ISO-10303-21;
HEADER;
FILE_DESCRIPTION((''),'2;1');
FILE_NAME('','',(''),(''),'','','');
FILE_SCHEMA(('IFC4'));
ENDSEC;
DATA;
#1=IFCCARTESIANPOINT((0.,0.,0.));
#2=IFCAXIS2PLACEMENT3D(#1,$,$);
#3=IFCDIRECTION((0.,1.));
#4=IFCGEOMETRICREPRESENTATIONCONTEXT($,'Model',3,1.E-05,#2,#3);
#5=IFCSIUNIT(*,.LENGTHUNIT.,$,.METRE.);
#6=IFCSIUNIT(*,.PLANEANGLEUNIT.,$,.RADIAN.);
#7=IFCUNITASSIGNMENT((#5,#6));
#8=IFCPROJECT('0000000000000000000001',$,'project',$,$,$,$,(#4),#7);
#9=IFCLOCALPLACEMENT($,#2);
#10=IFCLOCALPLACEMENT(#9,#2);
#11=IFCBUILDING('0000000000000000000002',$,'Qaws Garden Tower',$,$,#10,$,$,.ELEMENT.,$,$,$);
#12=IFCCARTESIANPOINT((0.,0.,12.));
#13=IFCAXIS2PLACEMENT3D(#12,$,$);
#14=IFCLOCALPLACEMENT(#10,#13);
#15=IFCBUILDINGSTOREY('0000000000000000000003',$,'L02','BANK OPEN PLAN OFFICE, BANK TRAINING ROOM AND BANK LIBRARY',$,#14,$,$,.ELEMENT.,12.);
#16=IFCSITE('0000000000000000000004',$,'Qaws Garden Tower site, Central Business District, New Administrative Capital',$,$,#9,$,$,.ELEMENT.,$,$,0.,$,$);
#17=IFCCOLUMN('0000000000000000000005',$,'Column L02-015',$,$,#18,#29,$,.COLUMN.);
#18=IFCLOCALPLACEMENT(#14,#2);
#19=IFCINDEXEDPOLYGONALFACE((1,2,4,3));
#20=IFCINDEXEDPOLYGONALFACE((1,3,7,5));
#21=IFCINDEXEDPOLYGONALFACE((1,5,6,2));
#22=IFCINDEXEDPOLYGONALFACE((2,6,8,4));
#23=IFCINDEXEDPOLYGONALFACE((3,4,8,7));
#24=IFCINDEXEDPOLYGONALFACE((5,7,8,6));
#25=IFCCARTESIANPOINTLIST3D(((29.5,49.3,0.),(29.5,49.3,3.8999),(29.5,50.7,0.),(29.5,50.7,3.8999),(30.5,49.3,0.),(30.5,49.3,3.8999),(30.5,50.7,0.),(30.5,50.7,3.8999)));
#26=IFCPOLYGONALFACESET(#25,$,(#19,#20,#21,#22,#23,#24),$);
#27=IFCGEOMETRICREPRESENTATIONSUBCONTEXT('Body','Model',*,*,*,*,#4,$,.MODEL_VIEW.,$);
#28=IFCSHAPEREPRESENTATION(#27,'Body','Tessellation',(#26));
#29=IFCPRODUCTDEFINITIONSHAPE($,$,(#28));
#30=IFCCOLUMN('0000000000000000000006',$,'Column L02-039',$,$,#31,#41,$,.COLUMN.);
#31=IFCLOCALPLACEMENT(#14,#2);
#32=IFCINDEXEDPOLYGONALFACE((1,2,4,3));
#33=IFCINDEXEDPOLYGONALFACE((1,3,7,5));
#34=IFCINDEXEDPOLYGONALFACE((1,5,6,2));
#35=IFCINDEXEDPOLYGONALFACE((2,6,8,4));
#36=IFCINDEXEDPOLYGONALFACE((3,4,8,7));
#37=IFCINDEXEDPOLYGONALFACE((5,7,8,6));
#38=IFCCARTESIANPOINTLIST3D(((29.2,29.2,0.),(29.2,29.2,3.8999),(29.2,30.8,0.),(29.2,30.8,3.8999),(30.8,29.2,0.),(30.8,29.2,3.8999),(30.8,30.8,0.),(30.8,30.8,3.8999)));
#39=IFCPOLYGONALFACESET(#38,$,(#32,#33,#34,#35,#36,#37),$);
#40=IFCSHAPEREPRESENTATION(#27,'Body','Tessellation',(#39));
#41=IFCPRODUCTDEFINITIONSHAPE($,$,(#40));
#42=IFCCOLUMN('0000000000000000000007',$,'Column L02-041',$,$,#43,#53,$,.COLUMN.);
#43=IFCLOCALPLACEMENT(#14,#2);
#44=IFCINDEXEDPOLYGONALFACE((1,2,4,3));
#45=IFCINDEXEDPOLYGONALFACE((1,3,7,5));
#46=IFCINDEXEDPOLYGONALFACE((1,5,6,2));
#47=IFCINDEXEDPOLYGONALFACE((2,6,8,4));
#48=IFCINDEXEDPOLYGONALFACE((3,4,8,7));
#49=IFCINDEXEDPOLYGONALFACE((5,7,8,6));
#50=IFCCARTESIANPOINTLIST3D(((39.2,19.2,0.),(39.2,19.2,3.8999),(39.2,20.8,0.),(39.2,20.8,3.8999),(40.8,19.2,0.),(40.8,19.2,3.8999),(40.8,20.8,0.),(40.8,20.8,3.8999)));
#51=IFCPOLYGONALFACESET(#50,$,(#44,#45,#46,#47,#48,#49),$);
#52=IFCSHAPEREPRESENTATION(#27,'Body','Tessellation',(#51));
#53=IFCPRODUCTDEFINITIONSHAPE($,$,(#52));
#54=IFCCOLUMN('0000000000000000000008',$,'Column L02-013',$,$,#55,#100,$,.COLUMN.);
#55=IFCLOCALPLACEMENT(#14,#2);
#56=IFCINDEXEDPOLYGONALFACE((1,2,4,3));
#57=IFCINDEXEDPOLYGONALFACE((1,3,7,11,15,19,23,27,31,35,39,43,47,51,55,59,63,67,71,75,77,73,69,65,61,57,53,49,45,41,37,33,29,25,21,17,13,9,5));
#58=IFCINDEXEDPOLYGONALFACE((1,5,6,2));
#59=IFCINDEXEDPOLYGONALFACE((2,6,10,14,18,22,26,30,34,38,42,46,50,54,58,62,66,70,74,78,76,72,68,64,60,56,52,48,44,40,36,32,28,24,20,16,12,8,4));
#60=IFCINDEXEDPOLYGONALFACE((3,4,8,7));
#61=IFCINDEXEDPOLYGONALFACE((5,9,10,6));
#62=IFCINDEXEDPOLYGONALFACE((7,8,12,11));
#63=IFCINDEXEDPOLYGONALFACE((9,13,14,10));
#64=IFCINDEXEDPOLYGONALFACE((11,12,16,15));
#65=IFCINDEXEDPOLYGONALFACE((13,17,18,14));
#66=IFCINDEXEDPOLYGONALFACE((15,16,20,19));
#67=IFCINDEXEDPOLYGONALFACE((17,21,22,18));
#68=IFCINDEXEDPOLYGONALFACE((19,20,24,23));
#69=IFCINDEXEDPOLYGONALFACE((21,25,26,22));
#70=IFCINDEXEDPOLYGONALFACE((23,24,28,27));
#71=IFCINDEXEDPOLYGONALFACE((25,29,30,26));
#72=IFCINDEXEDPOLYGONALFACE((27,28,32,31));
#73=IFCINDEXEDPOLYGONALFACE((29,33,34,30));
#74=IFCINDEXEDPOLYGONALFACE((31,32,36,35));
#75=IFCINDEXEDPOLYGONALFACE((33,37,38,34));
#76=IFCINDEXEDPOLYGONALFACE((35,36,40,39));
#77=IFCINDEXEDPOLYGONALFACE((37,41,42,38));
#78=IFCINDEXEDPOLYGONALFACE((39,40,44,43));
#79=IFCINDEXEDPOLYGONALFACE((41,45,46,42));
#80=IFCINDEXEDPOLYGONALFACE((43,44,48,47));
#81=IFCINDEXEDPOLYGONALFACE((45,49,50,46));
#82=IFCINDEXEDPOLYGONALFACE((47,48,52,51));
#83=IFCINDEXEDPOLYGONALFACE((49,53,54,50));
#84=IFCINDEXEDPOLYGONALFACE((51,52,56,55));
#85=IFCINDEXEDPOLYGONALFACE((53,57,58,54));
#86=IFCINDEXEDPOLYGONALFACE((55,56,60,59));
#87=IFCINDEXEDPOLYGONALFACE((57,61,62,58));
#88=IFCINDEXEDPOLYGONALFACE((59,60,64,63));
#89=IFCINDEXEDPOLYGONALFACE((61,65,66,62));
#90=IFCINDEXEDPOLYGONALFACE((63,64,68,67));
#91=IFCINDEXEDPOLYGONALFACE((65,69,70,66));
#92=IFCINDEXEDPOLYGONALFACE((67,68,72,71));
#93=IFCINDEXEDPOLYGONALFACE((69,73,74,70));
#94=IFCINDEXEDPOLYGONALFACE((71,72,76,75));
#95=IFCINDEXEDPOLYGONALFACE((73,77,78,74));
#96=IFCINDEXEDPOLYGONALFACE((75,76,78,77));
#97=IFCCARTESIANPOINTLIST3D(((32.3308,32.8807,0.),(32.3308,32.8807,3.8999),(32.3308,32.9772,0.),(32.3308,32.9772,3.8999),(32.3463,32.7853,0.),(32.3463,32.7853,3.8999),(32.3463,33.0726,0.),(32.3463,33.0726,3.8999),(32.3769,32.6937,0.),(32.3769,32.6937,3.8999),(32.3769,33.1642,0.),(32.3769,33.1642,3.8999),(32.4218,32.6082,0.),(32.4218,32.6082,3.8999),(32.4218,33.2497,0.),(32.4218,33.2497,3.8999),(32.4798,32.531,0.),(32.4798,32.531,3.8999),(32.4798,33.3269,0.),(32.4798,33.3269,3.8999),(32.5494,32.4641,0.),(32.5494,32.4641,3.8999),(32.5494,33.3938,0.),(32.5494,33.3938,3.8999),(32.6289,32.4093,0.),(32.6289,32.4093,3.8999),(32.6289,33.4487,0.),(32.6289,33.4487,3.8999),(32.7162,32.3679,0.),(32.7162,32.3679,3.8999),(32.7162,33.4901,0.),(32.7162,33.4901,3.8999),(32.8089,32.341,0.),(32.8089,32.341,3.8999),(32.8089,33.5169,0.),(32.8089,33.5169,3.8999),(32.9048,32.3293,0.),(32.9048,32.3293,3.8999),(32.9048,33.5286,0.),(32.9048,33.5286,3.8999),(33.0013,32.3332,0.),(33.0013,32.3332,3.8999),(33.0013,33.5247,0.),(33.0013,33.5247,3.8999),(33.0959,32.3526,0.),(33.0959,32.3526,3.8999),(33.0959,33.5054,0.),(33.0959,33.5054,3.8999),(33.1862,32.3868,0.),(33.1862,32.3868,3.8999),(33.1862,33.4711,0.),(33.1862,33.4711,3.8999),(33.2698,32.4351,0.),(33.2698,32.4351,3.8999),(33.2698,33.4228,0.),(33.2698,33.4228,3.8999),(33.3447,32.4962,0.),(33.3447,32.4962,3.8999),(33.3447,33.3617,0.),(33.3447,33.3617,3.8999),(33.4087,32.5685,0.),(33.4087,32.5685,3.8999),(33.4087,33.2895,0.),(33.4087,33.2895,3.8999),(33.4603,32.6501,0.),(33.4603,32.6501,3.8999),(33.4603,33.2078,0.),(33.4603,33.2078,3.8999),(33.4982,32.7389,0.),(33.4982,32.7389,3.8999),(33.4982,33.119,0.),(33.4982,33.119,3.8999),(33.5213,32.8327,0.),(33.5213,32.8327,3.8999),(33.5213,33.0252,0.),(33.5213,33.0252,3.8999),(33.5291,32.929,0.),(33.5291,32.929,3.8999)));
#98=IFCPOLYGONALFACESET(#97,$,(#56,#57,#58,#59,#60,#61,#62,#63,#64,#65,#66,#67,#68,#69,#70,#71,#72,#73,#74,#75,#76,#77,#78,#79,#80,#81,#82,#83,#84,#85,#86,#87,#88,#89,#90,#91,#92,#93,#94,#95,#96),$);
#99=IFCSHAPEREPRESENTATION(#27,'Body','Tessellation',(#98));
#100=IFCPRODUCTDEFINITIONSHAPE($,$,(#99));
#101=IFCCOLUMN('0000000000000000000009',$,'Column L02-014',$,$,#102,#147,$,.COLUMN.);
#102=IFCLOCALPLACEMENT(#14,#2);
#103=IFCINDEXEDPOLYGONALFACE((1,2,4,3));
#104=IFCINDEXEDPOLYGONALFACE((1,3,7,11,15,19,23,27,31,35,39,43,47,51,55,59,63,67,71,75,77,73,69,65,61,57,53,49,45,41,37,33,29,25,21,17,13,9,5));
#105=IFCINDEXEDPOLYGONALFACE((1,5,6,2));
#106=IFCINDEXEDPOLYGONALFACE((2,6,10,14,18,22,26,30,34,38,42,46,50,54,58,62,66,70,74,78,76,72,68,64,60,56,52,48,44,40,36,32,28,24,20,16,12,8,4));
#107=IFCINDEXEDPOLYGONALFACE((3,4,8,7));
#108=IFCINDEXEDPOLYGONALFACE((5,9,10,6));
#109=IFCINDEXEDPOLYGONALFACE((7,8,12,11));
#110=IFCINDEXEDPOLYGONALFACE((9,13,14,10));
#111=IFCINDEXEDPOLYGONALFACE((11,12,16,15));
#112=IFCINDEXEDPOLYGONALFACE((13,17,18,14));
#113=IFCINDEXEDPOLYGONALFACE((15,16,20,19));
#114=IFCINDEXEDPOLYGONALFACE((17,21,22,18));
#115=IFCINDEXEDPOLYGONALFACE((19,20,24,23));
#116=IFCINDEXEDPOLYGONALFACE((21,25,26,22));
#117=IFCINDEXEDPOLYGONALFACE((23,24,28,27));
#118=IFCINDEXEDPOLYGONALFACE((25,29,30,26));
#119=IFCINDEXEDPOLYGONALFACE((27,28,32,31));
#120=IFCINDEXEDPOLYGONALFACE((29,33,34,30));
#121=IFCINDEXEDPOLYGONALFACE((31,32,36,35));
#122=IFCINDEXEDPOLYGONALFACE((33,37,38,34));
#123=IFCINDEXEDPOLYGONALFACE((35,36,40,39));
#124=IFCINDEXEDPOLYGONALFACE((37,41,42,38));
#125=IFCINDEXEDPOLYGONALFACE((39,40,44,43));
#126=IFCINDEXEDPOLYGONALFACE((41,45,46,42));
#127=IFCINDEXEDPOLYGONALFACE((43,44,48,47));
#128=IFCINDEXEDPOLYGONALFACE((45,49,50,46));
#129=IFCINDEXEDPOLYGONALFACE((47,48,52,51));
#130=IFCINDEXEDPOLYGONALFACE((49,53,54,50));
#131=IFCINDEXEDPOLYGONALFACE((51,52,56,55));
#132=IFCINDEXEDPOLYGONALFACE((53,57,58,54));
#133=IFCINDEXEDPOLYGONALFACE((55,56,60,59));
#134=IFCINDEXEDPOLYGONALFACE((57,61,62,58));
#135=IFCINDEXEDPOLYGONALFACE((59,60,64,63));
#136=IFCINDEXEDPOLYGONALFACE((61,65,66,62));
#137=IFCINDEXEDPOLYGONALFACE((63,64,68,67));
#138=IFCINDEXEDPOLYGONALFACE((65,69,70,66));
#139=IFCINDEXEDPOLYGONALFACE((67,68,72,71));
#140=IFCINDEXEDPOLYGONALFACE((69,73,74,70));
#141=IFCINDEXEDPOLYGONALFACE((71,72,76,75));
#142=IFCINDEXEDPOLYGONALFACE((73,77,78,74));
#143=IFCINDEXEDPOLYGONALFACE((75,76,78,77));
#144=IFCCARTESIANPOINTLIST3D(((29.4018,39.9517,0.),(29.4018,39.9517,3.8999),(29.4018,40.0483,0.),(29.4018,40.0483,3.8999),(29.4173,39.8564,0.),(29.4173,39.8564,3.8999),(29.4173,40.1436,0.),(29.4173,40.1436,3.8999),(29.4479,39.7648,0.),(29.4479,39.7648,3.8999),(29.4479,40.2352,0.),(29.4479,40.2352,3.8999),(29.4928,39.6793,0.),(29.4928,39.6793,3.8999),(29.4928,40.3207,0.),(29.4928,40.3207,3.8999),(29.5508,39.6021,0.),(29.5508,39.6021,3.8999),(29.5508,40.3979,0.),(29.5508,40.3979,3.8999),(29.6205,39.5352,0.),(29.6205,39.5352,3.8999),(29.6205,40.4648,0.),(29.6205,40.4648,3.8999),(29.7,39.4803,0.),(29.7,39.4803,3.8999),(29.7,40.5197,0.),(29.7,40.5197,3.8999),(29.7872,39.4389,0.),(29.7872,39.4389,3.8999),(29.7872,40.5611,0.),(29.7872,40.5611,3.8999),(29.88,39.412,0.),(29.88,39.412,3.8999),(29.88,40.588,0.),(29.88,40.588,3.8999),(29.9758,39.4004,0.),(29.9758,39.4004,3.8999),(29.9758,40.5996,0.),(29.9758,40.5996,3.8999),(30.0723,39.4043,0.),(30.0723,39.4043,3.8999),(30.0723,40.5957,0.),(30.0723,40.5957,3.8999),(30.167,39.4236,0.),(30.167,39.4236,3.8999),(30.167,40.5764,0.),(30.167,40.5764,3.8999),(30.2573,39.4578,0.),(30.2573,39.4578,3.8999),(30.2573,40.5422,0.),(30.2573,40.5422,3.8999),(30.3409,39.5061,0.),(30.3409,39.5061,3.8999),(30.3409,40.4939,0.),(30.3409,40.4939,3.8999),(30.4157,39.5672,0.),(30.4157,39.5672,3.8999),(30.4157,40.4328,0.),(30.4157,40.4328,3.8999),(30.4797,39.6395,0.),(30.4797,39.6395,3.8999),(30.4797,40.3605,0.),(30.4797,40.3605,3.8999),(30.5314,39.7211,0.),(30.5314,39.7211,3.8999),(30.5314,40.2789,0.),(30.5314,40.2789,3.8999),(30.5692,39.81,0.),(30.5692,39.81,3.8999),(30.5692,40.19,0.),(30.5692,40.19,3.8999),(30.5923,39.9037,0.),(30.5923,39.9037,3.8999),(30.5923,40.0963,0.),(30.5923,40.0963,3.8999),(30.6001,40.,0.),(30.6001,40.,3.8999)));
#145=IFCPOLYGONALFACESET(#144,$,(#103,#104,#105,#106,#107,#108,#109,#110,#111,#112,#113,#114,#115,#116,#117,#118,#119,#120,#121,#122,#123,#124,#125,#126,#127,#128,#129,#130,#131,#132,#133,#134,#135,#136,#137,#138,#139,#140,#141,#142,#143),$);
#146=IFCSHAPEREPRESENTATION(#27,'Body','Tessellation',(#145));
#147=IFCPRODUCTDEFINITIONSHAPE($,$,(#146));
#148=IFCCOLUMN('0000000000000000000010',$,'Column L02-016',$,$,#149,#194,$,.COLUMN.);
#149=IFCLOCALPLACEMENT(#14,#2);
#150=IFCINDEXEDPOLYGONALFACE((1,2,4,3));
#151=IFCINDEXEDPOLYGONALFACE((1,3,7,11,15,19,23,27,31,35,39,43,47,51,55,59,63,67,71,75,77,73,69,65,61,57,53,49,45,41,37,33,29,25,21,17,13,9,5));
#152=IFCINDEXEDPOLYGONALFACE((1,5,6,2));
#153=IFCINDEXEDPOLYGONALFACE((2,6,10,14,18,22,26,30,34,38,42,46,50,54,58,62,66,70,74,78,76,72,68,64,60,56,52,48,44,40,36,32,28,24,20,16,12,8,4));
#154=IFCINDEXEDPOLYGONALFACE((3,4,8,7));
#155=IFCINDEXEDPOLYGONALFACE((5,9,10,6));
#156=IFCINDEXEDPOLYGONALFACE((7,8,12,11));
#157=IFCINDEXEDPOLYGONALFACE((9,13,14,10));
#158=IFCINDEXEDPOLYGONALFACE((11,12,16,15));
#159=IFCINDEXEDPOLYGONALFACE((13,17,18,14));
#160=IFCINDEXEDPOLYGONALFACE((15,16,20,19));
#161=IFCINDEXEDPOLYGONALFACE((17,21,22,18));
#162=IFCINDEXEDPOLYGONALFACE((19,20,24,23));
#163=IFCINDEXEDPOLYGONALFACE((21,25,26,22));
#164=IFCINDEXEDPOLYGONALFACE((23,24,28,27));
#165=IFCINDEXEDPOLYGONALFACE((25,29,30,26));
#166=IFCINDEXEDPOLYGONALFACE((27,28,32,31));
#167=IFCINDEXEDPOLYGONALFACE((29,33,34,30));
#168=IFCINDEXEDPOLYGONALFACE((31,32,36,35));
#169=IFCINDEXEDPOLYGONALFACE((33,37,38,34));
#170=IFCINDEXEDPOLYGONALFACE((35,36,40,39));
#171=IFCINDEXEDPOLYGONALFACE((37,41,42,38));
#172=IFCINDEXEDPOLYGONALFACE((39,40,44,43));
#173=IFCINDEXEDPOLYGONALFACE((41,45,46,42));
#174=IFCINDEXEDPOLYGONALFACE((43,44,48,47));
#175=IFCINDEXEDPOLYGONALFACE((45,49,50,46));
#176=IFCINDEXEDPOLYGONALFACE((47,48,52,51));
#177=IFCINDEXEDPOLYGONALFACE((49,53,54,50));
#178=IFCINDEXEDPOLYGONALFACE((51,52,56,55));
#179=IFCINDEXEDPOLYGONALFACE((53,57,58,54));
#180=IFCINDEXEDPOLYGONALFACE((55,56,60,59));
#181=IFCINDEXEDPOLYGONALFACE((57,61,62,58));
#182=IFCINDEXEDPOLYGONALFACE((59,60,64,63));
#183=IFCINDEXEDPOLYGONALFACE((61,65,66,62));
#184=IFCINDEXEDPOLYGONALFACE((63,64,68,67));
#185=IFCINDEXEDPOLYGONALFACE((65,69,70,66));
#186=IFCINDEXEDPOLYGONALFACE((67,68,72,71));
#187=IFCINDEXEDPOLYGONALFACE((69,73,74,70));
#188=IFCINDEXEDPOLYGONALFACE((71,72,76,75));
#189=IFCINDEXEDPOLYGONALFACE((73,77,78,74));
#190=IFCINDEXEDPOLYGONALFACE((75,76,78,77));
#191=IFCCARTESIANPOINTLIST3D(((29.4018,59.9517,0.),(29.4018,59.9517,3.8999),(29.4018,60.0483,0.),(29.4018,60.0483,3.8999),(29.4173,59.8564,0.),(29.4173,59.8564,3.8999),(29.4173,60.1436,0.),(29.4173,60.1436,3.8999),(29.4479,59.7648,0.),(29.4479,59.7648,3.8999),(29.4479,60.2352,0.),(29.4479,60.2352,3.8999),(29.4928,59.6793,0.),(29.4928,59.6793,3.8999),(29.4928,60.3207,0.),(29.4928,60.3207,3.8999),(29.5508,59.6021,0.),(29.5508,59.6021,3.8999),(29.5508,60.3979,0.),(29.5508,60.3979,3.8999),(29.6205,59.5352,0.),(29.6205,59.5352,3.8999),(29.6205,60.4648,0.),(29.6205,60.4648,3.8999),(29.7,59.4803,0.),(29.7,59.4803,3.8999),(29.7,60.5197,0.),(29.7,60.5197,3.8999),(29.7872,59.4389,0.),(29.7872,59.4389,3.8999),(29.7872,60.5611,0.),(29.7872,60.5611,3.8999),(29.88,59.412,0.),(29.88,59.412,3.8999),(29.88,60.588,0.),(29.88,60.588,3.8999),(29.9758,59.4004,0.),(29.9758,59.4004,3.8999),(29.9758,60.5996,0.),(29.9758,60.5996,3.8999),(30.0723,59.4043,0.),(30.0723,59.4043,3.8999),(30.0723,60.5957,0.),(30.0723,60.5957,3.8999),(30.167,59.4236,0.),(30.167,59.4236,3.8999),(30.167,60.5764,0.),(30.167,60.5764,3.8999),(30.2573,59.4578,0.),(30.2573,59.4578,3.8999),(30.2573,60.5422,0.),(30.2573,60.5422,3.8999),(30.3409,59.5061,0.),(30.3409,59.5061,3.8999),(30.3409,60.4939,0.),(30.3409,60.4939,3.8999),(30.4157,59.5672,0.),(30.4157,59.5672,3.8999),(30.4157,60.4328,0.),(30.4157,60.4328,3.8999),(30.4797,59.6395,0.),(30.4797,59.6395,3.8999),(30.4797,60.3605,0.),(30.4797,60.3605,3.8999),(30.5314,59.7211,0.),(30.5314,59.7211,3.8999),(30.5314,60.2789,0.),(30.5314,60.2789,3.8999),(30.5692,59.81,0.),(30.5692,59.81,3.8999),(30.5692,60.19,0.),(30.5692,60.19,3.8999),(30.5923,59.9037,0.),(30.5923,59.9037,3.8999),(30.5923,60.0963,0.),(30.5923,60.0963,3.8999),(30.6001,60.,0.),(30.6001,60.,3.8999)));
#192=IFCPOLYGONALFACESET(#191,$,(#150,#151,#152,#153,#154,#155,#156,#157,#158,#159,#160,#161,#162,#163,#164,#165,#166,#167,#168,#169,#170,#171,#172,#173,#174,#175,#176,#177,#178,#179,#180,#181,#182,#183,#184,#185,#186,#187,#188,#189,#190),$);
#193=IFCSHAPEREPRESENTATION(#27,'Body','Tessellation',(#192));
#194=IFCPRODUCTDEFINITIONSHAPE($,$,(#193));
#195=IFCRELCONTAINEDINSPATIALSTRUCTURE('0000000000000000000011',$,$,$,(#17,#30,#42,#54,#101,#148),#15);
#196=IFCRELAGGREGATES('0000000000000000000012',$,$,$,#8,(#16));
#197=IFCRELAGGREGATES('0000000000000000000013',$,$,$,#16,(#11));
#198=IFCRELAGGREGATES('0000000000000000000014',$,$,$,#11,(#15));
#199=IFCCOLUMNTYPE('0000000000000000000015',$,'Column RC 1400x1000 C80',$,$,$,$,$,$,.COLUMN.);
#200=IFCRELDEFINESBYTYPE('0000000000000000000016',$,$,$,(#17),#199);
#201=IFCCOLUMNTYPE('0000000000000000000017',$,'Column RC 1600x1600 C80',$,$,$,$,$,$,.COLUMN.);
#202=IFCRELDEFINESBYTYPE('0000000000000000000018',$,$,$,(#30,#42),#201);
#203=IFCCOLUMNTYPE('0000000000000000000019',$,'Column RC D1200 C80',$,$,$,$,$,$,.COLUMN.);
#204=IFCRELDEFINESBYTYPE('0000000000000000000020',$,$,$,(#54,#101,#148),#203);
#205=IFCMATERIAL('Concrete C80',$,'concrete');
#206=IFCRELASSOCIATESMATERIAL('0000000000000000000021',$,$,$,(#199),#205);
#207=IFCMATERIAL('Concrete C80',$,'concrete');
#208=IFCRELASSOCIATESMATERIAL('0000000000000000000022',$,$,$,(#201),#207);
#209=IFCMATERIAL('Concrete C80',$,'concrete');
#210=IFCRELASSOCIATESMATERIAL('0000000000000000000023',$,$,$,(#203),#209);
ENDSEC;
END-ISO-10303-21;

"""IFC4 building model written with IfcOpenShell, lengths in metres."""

from ifc_helpers import new_model, si_unit, direction, frame, origin, origin_2d, place, context, subcontext, project, spatial, rectangle, circle, extrude, material, material_profile, profile_set, type_object, element, save


model = new_model("IFC4")

# Units and contexts
model_context = context("Model", 3, precision=1e-05, world=origin(), true_north=direction((0.0, 1.0)))
body_context = subcontext(model_context, "Body", "Model", "MODEL_VIEW")
ifc_project = project(units=[si_unit("LENGTHUNIT", "METRE"), si_unit("PLANEANGLEUNIT", "RADIAN")], contexts=[model_context])

# Site, building, storey
site_placement = place(None, origin())
site = spatial("IfcSite", under=ifc_project, at=site_placement, Name="Qaws Garden Tower site, Central Business District, New Administrative Capital", CompositionType="ELEMENT", RefElevation=0.0)
building_placement = place(site_placement, origin())
building = spatial("IfcBuilding", under=site, at=building_placement, Name="Qaws Garden Tower", CompositionType="ELEMENT")
storey_placement = place(building_placement, frame((0.0, 0.0, 12.0)))
storey = spatial("IfcBuildingStorey", under=building, at=storey_placement, Name="L02", Description="BANK OPEN PLAN OFFICE, BANK TRAINING ROOM AND BANK LIBRARY", CompositionType="ELEMENT", Elevation=12.0)

# Columns
ifc_material_1 = material(Name="Concrete C80", Category="concrete")
ifc_material_profile_1 = material_profile(ifc_material_1, rectangle(XDim=1.3999, YDim=1.0, at=origin_2d()), Name="RC 1400x1000")
ifc_profile_set_1 = profile_set([ifc_material_profile_1], Name="Concrete C80")
column_type_1 = type_object("IfcColumnType", Name="Column RC 1400x1000 C80", PredefinedType="COLUMN", material=ifc_profile_set_1)
column_placement = place(storey_placement, frame((30.0, 50.0, 0.0), z_axis=(0.0, 0.0, 1.0), x_axis=(0.0, 1.0, 0.0)))
element("IfcColumn", 1, at=column_placement, inside=storey, type_object=column_type_1, Name="Column L02-015", PredefinedType="COLUMN", context=body_context, shape_type="SweptSolid", body=[
    extrude(rectangle(XDim=1.3999, YDim=1.0, at=origin_2d()), origin(), (0.0, 0.0, 1.0), 3.8999),
])
ifc_material_2 = material(Name="Concrete C80", Category="concrete")
ifc_material_profile_2 = material_profile(ifc_material_2, rectangle(XDim=1.6001, YDim=1.6001, at=origin_2d()), Name="RC 1600x1600")
ifc_profile_set_2 = profile_set([ifc_material_profile_2], Name="Concrete C80")
column_type_2 = type_object("IfcColumnType", Name="Column RC 1600x1600 C80", PredefinedType="COLUMN", material=ifc_profile_set_2)
for number, where, z_axis, x_axis, name in (
    (2, (30.0, 30.0, 0.0), (0.0, 0.0, 1.0), (1.0, 0.0, 0.0), "Column L02-039"),
    (3, (40.0, 20.0, 0.0), (0.0, 0.0, 1.0), (1.0, 0.0, 0.0), "Column L02-041"),
):
    element("IfcColumn", number, at=place(storey_placement, frame(where, z_axis=z_axis, x_axis=x_axis)), inside=storey, type_object=column_type_2, Name=name, PredefinedType="COLUMN", context=body_context, shape_type="SweptSolid", body=[
        extrude(rectangle(XDim=1.6001, YDim=1.6001, at=origin_2d()), origin(), (0.0, 0.0, 1.0), 3.8999),
    ])
ifc_material_3 = material(Name="Concrete C80", Category="concrete")
ifc_material_profile_3 = material_profile(ifc_material_3, circle(Radius=0.6001, at=origin_2d()), Name="RC D1200")
ifc_profile_set_3 = profile_set([ifc_material_profile_3], Name="Concrete C80")
column_type_3 = type_object("IfcColumnType", Name="Column RC D1200 C80", PredefinedType="COLUMN", material=ifc_profile_set_3)
for number, where, z_axis, x_axis, name in (
    (4, (32.929, 32.929, 0.0), (0.0, 0.0, 1.0), (1.0, 0.0, 0.0), "Column L02-013"),
    (5, (30.0, 40.0, 0.0), (0.0, 0.0, 1.0), (1.0, 0.0, 0.0), "Column L02-014"),
    (6, (30.0, 60.0, 0.0), (0.0, 0.0, 1.0), (1.0, 0.0, 0.0), "Column L02-016"),
):
    element("IfcColumn", number, at=place(storey_placement, frame(where, z_axis=z_axis, x_axis=x_axis)), inside=storey, type_object=column_type_3, Name=name, PredefinedType="COLUMN", context=body_context, shape_type="SweptSolid", body=[
        extrude(circle(Radius=0.6001, at=origin_2d()), origin(), (0.0, 0.0, 1.0), 3.8999),
    ])

save(model, "model.ifc")
